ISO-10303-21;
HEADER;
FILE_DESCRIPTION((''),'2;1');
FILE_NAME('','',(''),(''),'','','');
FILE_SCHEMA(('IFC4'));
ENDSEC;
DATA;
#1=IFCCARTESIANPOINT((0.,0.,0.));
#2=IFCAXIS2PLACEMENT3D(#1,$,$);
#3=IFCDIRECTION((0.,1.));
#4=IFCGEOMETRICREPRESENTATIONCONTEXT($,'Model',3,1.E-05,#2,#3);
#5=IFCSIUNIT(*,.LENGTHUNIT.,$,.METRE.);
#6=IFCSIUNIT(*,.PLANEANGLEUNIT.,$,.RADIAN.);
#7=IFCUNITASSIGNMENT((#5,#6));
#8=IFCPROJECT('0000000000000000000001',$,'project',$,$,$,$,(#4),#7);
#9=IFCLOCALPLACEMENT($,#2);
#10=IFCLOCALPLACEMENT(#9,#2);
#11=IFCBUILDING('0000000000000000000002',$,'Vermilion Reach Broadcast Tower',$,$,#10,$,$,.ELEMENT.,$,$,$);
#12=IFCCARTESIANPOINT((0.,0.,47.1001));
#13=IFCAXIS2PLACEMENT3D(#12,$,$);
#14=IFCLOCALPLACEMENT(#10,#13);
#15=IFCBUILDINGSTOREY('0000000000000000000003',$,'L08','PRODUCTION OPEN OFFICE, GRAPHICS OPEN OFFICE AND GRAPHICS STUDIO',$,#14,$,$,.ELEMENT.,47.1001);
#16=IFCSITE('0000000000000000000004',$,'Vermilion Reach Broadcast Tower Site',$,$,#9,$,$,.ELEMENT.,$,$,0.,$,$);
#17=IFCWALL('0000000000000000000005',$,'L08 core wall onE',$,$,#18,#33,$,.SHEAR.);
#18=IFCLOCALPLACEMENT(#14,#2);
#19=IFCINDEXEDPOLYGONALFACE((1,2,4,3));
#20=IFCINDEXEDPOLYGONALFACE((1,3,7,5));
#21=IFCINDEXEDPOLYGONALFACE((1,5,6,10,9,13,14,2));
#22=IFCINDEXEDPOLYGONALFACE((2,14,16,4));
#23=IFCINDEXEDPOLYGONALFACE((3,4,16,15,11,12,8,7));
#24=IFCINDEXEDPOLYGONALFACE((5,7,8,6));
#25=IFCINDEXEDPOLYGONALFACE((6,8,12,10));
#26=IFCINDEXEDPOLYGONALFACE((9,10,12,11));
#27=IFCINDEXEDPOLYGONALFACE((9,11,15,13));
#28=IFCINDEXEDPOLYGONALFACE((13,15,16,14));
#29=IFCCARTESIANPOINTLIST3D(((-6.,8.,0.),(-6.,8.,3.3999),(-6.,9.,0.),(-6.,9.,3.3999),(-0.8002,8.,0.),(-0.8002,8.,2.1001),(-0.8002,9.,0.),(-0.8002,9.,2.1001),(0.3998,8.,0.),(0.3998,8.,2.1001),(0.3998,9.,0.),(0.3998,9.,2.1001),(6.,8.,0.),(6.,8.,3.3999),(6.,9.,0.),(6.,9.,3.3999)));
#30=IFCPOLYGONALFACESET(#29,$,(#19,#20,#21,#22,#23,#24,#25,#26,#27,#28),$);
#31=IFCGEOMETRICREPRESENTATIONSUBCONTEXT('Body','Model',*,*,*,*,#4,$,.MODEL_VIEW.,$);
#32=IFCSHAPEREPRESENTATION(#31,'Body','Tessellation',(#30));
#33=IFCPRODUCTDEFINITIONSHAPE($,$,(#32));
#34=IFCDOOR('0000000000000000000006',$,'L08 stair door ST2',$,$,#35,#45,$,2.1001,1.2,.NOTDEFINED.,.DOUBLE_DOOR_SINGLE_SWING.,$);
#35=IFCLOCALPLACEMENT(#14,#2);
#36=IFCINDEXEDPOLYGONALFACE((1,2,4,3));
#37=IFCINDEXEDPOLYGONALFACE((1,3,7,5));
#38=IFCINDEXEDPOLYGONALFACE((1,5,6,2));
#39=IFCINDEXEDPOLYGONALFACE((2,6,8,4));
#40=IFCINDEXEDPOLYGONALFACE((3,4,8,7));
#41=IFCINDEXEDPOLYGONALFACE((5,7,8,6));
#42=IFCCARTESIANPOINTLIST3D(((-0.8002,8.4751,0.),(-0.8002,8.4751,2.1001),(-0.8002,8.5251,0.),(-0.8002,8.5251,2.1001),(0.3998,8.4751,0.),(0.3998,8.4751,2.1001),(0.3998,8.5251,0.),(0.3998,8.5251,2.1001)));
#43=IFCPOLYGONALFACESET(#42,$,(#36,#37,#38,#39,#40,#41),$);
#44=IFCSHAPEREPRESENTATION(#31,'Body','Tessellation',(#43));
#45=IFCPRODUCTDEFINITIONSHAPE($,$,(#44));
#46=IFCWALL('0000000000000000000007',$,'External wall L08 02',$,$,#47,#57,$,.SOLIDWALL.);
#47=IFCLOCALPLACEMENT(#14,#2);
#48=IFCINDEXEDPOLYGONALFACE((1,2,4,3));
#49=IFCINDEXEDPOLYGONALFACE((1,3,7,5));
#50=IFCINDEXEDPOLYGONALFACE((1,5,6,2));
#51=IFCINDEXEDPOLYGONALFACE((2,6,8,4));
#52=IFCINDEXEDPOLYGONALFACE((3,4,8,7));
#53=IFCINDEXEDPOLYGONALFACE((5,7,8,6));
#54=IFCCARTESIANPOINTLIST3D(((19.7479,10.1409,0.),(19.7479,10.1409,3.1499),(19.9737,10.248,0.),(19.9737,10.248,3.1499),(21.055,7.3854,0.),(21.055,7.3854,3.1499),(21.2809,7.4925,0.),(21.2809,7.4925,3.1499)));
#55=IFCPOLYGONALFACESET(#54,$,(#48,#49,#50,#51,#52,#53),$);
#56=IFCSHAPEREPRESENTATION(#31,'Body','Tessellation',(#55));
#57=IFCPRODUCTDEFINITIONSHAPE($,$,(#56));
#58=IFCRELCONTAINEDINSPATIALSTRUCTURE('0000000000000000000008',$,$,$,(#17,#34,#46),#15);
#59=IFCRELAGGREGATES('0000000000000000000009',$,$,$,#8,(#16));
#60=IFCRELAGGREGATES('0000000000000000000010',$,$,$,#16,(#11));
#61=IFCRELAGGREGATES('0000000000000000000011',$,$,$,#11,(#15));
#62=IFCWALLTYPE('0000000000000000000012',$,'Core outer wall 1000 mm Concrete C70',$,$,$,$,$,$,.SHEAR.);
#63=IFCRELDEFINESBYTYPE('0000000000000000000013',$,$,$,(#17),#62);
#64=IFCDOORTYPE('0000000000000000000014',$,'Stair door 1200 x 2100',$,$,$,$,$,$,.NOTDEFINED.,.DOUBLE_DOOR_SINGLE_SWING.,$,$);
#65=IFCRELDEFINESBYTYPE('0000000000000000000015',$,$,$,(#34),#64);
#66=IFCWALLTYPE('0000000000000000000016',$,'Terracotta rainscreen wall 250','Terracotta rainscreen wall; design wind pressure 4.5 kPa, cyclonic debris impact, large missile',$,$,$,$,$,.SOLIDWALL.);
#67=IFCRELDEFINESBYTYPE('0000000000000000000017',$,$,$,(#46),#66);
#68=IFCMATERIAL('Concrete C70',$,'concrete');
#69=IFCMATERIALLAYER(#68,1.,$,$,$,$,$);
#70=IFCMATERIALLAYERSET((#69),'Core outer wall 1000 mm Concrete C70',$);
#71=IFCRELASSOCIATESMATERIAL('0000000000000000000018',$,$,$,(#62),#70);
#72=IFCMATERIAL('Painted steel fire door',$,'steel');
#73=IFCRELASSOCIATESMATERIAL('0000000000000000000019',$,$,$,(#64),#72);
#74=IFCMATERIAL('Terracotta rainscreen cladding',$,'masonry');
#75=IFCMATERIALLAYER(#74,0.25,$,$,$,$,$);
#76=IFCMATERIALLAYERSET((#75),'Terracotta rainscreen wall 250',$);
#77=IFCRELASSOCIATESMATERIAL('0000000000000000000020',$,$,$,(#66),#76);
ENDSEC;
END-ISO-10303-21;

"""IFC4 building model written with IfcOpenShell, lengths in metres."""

from ifc_helpers import new_model, si_unit, direction, frame, frame_2d, origin, place, context, subcontext, project, spatial, rectangle, extrude, material, layer, layer_set, type_object, element, fill, save


model = new_model("IFC4")

# Units and contexts
model_context = context("Model", 3, precision=1e-05, world=origin(), true_north=direction((0.0, 1.0)))
body_context = subcontext(model_context, "Body", "Model", "MODEL_VIEW")
ifc_project = project(units=[si_unit("LENGTHUNIT", "METRE"), si_unit("PLANEANGLEUNIT", "RADIAN")], contexts=[model_context])

# Site, building, storey
site_placement = place(None, origin())
site = spatial("IfcSite", under=ifc_project, at=site_placement, Name="Vermilion Reach Broadcast Tower Site", CompositionType="ELEMENT", RefElevation=0.0)
building_placement = place(site_placement, origin())
building = spatial("IfcBuilding", under=site, at=building_placement, Name="Vermilion Reach Broadcast Tower", CompositionType="ELEMENT")
storey_placement = place(building_placement, frame((0.0, 0.0, 47.1001)))
storey = spatial("IfcBuildingStorey", under=building, at=storey_placement, Name="L08", Description="PRODUCTION OPEN OFFICE, GRAPHICS OPEN OFFICE AND GRAPHICS STUDIO", CompositionType="ELEMENT", Elevation=47.1001)

# Wall, opening, door
ifc_material_1 = material(Name="Concrete C70", Category="concrete")
ifc_layer_1 = layer(ifc_material_1, 1.0)
ifc_layer_set_1 = layer_set([ifc_layer_1], Name="Core outer wall 1000 mm Concrete C70")
wall_type_1 = type_object("IfcWallType", Name="Core outer wall 1000 mm Concrete C70", PredefinedType="SHEAR", material=ifc_layer_set_1)
wall_1_placement = place(storey_placement, frame((6.0, 8.5, 0.0), z_axis=(0.0, 0.0, 1.0), x_axis=(-1.0, 0.0, 0.0)))
wall_1 = element("IfcWall", 1, at=wall_1_placement, inside=storey, type_object=wall_type_1, Name="L08 core wall onE", PredefinedType="SHEAR", context=body_context, shape_type="SweptSolid", body=[
    extrude(rectangle(XDim=12.0, YDim=1.0, at=frame_2d((6.0, 0.0))), origin(), (0.0, 0.0, 1.0), 3.3999),
])
opening_placement = place(wall_1_placement, frame((5.6001, 0.0, 0.0)))
opening = element("IfcOpeningElement", 2, at=opening_placement, cuts=wall_1, PredefinedType="OPENING", context=body_context, shape_type="SweptSolid", body=[
    extrude(rectangle(XDim=1.2, YDim=2.1001, at=frame_2d((0.6001, 1.05))), frame((0.0, 0.51, 0.0), z_axis=(0.0, -1.0, 0.0), x_axis=(1.0, 0.0, 0.0)), (0.0, 0.0, 1.0), 1.02),
])
ifc_material_2 = material(Name="Painted steel fire door", Category="steel")
door_type = type_object("IfcDoorType", Name="Stair door 1200 x 2100", OperationType="DOUBLE_DOOR_SINGLE_SWING", PredefinedType="NOTDEFINED", material=ifc_material_2)
door_placement = place(opening_placement, origin())
door = element("IfcDoor", 3, at=door_placement, inside=storey, type_object=door_type, Name="L08 stair door ST2", OperationType="DOUBLE_DOOR_SINGLE_SWING", OverallHeight=2.1001, OverallWidth=1.2, PredefinedType="NOTDEFINED", context=body_context, shape_type="SweptSolid", body=[
    extrude(rectangle(XDim=1.2, YDim=2.1001, at=frame_2d((0.6001, 1.05))), frame((0.0, 0.0249, 0.0), z_axis=(0.0, -1.0, 0.0), x_axis=(1.0, 0.0, 0.0)), (0.0, 0.0, 1.0), 0.05),
])
fill(opening, door)

# Wall
ifc_material_3 = material(Name="Terracotta rainscreen cladding", Category="masonry")
ifc_layer_2 = layer(ifc_material_3, 0.25)
ifc_layer_set_2 = layer_set([ifc_layer_2], Name="Terracotta rainscreen wall 250")
wall_type_2 = type_object("IfcWallType", Name="Terracotta rainscreen wall 250", Description="Terracotta rainscreen wall; design wind pressure 4.5 kPa, cyclonic debris impact, large missile", PredefinedType="SOLIDWALL", material=ifc_layer_set_2)
wall_2_placement = place(storey_placement, frame((21.168, 7.439, 0.0), z_axis=(0.0, 0.0, 1.0), x_axis=(-0.428609, 0.90349, 0.0)))
element("IfcWall", 4, at=wall_2_placement, inside=storey, type_object=wall_type_2, Name="External wall L08 02", PredefinedType="SOLIDWALL", context=body_context, shape_type="SweptSolid", body=[
    extrude(rectangle(XDim=3.0498, YDim=0.25, at=frame_2d((1.5249, 0.0))), origin(), (0.0, 0.0, 1.0), 3.1499),
])

save(model, "model.ifc")
